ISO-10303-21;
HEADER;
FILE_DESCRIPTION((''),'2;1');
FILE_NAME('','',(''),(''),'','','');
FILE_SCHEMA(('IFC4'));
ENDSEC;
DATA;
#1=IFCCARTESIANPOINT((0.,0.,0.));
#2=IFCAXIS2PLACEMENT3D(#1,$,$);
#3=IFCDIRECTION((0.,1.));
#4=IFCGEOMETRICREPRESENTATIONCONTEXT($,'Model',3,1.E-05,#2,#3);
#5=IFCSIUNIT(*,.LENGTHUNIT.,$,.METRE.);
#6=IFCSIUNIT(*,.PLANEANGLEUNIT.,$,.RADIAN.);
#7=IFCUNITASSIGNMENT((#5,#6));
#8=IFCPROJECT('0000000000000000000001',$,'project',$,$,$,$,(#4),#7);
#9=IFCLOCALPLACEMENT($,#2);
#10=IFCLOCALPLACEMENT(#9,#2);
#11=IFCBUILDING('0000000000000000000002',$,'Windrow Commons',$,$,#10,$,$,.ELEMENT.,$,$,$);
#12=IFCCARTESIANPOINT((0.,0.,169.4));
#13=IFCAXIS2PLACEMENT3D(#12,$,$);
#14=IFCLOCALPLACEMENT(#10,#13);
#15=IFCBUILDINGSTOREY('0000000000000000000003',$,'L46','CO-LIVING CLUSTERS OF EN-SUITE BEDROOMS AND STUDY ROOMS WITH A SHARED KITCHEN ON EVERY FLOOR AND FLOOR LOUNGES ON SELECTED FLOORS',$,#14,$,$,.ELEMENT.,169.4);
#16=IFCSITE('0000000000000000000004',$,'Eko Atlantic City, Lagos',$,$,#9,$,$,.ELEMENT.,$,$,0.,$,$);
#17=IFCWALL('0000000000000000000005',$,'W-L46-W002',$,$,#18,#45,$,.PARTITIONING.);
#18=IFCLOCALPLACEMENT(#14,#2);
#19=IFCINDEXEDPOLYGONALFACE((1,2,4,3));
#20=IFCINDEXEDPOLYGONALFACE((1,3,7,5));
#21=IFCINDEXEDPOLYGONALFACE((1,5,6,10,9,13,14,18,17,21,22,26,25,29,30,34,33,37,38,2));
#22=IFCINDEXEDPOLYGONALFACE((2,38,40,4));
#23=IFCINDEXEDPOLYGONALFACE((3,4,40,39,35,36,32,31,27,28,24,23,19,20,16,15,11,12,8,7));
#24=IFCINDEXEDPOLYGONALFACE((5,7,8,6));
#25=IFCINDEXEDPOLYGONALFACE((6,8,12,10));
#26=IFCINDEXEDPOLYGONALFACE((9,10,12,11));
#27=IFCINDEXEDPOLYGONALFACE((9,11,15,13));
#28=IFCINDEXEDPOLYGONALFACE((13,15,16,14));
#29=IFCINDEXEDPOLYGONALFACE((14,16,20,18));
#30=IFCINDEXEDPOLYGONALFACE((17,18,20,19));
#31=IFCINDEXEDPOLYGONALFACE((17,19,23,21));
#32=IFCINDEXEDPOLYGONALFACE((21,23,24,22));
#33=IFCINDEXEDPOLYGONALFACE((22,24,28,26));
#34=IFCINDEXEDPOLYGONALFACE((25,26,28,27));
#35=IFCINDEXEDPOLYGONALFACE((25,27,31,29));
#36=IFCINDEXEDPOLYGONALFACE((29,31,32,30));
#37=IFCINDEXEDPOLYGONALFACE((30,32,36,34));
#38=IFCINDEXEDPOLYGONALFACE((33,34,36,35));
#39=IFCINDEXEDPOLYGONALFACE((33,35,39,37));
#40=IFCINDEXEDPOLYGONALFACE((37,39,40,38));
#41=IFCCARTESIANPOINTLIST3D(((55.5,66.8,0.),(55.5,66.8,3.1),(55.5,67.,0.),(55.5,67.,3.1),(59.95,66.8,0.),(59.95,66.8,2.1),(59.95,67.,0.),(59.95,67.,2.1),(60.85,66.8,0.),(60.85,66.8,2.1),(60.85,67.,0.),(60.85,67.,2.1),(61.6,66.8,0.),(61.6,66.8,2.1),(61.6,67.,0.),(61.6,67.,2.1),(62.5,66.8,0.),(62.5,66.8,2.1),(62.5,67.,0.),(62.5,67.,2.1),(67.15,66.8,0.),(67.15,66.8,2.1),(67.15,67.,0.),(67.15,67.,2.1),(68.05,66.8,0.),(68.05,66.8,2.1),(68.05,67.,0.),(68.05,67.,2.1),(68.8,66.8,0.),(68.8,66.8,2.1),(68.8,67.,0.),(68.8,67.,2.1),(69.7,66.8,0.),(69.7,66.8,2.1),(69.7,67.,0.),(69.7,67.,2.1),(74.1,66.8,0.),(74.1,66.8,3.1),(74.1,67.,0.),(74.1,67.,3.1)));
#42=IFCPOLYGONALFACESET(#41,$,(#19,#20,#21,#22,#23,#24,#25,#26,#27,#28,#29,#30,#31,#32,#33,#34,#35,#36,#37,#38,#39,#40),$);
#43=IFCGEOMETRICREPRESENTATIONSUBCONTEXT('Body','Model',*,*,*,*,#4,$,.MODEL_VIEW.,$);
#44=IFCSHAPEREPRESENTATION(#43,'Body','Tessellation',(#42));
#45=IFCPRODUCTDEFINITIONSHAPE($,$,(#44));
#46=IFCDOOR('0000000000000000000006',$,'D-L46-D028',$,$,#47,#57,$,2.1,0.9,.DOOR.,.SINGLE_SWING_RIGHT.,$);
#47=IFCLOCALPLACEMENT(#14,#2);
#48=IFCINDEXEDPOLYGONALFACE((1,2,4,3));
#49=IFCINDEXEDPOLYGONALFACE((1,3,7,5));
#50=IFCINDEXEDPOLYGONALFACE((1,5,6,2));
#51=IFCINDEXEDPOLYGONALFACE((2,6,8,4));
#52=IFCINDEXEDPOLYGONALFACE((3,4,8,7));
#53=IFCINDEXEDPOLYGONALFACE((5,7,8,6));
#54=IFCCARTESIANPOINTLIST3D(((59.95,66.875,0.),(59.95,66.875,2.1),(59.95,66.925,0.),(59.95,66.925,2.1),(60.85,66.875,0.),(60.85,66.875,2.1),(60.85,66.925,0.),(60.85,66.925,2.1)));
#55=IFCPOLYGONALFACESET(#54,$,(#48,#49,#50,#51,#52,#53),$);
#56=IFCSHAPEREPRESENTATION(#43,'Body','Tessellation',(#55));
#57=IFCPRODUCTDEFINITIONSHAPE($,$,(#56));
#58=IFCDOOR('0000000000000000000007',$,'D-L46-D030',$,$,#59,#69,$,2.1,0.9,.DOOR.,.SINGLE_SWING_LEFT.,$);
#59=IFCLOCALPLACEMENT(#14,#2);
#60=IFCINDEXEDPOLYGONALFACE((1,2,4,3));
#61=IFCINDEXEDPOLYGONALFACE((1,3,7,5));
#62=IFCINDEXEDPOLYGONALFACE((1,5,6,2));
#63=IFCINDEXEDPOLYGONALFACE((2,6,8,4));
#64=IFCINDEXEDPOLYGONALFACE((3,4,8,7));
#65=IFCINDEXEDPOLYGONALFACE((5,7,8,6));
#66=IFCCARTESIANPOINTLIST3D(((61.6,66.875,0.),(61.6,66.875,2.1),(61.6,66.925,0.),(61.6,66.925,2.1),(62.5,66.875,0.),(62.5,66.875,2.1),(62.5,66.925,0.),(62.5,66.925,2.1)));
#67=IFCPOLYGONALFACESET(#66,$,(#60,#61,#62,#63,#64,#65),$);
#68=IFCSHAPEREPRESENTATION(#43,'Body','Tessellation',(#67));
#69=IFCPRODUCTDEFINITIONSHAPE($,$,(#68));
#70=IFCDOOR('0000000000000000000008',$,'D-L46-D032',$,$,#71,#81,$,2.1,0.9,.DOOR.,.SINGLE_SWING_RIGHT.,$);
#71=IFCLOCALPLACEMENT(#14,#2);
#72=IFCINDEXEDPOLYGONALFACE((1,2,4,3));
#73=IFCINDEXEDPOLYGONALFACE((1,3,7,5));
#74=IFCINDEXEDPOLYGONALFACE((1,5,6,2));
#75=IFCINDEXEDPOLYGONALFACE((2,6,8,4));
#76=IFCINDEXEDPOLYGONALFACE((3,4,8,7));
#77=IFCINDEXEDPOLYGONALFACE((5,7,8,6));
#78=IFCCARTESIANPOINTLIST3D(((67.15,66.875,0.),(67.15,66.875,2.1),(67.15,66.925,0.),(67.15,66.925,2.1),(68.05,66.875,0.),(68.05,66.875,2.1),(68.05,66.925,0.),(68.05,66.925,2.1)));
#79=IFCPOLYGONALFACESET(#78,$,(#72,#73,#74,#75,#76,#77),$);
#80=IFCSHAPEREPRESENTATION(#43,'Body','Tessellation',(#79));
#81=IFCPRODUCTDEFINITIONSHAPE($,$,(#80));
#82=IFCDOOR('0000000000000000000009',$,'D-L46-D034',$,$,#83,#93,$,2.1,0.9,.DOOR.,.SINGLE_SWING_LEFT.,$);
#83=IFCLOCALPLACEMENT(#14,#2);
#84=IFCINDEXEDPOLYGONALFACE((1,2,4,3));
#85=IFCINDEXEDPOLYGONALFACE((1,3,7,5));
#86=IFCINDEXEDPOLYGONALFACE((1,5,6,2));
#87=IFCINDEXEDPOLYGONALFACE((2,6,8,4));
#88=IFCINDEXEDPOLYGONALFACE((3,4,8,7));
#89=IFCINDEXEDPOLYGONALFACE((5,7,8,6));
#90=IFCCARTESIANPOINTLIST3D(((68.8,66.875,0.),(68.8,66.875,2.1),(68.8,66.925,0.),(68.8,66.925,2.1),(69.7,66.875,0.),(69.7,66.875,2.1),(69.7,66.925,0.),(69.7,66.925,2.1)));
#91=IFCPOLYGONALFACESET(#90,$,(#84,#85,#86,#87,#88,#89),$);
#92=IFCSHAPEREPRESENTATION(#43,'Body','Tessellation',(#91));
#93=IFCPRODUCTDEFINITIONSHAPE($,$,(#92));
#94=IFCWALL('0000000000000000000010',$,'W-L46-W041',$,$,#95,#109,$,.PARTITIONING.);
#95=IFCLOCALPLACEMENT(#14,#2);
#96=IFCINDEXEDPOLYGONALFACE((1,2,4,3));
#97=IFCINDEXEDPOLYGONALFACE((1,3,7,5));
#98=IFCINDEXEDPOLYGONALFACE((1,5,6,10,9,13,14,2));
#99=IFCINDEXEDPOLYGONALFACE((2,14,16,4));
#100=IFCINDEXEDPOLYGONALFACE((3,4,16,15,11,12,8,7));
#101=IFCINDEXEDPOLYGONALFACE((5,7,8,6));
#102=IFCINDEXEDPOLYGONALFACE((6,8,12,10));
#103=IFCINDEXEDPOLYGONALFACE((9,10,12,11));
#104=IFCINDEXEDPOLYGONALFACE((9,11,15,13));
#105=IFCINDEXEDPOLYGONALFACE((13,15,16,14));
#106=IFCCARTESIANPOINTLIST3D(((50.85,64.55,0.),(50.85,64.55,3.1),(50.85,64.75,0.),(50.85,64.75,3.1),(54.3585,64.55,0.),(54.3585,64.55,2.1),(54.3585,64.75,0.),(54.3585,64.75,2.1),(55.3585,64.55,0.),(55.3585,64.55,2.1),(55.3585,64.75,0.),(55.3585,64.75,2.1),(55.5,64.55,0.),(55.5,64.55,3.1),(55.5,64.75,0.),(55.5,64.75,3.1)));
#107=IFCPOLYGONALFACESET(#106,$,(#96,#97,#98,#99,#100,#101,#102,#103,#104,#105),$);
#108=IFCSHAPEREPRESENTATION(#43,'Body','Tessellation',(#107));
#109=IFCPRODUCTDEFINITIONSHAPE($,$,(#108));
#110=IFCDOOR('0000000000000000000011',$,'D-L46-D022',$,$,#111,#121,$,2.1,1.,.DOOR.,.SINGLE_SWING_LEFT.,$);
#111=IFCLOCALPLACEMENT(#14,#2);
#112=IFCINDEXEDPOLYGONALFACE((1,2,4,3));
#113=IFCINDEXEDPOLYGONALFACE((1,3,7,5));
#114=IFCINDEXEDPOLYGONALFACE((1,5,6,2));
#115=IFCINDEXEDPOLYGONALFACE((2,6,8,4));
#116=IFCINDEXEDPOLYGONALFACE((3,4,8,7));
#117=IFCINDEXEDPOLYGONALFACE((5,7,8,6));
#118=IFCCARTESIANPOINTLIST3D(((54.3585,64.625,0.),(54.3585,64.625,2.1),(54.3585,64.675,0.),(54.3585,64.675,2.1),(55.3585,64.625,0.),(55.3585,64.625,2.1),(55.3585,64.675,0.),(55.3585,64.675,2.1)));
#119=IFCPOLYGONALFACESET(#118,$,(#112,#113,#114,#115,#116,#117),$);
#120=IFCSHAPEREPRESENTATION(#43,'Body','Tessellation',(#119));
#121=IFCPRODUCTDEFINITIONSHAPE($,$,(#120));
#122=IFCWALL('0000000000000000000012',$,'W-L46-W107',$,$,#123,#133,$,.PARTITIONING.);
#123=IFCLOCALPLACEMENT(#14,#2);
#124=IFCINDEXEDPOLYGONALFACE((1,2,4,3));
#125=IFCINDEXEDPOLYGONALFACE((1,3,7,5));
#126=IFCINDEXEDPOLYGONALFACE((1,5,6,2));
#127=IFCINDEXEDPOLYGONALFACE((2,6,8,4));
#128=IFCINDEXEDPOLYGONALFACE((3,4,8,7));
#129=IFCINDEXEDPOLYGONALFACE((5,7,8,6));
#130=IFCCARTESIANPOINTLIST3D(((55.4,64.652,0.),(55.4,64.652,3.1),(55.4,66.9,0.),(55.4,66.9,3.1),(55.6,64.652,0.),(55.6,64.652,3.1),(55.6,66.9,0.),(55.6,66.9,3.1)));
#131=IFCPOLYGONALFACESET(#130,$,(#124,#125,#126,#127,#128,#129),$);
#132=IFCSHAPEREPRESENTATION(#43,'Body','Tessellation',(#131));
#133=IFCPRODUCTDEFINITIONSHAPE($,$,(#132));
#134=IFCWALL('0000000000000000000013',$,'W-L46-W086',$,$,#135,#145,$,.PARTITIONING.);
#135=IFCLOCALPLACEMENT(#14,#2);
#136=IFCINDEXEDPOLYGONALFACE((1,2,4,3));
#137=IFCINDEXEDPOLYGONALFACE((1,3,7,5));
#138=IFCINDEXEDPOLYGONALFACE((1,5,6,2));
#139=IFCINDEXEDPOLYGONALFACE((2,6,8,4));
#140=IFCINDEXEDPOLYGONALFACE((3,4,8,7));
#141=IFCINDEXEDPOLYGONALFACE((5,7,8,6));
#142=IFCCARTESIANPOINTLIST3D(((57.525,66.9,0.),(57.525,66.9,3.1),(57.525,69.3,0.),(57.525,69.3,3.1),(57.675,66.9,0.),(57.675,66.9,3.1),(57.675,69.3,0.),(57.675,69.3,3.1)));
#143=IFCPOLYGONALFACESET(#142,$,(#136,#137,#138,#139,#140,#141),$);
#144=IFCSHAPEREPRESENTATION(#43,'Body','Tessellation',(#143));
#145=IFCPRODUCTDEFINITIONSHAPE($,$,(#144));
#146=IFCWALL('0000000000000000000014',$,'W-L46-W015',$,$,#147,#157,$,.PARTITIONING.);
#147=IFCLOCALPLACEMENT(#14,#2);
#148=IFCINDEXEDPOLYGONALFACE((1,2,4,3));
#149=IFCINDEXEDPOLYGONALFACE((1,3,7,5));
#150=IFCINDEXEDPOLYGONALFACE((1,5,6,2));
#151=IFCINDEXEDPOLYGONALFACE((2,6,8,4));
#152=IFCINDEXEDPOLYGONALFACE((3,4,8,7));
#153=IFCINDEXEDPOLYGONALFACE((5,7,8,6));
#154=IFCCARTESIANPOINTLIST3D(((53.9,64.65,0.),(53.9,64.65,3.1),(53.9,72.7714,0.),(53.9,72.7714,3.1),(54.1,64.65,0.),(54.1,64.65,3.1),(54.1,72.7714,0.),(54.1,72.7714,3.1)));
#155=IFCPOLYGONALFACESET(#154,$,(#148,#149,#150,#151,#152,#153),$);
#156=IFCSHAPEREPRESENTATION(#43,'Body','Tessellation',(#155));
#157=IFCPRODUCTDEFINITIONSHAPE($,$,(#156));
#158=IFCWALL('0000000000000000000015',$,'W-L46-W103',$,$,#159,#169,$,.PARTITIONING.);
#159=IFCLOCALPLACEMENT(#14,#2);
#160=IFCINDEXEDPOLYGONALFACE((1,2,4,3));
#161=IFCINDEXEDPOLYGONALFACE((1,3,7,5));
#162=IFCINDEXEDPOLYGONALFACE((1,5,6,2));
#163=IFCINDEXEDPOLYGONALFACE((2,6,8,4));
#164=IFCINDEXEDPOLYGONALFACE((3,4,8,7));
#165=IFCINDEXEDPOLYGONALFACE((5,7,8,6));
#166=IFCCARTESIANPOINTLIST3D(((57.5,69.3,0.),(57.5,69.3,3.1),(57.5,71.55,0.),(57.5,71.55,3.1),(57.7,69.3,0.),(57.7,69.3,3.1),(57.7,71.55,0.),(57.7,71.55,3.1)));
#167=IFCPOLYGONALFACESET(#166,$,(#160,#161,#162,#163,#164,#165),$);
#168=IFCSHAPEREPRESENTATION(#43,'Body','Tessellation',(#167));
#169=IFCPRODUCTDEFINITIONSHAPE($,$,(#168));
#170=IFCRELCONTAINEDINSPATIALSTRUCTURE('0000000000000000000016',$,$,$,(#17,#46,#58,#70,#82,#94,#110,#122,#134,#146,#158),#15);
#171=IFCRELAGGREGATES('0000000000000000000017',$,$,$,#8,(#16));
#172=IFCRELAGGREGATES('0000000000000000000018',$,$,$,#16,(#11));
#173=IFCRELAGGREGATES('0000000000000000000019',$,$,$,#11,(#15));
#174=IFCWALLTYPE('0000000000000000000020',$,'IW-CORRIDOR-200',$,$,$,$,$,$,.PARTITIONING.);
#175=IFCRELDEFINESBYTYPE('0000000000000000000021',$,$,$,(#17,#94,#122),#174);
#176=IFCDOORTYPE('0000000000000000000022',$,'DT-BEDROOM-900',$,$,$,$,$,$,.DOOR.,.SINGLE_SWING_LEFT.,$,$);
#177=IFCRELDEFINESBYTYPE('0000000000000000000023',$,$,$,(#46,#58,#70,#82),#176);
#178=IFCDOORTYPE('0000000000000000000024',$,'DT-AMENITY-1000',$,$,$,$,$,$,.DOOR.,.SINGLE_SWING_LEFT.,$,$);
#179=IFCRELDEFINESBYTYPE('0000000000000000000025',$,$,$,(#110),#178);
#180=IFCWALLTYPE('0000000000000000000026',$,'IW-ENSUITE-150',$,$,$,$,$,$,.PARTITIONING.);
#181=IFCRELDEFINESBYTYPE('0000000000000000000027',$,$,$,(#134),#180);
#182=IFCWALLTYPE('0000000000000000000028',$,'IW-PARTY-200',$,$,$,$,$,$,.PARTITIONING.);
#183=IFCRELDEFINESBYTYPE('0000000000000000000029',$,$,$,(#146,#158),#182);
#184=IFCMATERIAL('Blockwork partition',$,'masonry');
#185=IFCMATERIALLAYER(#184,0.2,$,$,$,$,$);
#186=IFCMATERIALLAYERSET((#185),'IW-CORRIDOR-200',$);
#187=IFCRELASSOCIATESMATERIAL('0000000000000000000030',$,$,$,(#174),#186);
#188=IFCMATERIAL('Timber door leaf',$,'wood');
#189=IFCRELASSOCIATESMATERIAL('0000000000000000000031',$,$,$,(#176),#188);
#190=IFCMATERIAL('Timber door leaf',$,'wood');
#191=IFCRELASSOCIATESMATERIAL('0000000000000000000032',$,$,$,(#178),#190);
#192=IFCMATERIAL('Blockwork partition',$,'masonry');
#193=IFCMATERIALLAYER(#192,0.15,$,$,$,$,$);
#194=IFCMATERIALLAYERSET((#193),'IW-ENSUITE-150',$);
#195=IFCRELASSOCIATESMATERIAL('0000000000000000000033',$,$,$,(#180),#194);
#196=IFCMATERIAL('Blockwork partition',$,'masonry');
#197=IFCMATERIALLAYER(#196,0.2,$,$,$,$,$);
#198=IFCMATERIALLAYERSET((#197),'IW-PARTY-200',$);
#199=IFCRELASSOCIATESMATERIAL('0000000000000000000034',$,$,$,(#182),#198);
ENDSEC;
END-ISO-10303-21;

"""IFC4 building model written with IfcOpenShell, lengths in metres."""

from ifc_helpers import new_model, si_unit, direction, frame, frame_2d, origin, place, context, subcontext, project, spatial, rectangle, extrude, material, layer, layer_set, type_object, element, fill, save


model = new_model("IFC4")

# Units and contexts
model_context = context("Model", 3, precision=1e-05, world=origin(), true_north=direction((0.0, 1.0)))
body_context = subcontext(model_context, "Body", "Model", "MODEL_VIEW")
ifc_project = project(units=[si_unit("LENGTHUNIT", "METRE"), si_unit("PLANEANGLEUNIT", "RADIAN")], contexts=[model_context])

# Site, building, storey
site_placement = place(None, origin())
site = spatial("IfcSite", under=ifc_project, at=site_placement, Name="Eko Atlantic City, Lagos", CompositionType="ELEMENT", RefElevation=0.0)
building_placement = place(site_placement, origin())
building = spatial("IfcBuilding", under=site, at=building_placement, Name="Windrow Commons", CompositionType="ELEMENT")
storey_placement = place(building_placement, frame((0.0, 0.0, 169.4)))
storey = spatial("IfcBuildingStorey", under=building, at=storey_placement, Name="L46", Description="CO-LIVING CLUSTERS OF EN-SUITE BEDROOMS AND STUDY ROOMS WITH A SHARED KITCHEN ON EVERY FLOOR AND FLOOR LOUNGES ON SELECTED FLOORS", CompositionType="ELEMENT", Elevation=169.4)

# Wall, openings, doors
ifc_material_1 = material(Name="Blockwork partition", Category="masonry")
ifc_layer_1 = layer(ifc_material_1, 0.2)
ifc_layer_set_1 = layer_set([ifc_layer_1], Name="IW-CORRIDOR-200")
wall_type_1 = type_object("IfcWallType", Name="IW-CORRIDOR-200", PredefinedType="PARTITIONING", material=ifc_layer_set_1)
wall_1_placement = place(storey_placement, frame((55.5, 66.9, 0.0), z_axis=(0.0, 0.0, 1.0), x_axis=(1.0, 0.0, 0.0)))
wall_1 = element("IfcWall", 1, at=wall_1_placement, inside=storey, type_object=wall_type_1, Name="W-L46-W002", PredefinedType="PARTITIONING", context=body_context, shape_type="SweptSolid", body=[
    extrude(rectangle(XDim=18.6, YDim=0.2, at=frame_2d((9.3, 0.0))), origin(), (0.0, 0.0, 1.0), 3.1),
])
opening_1_placement = place(wall_1_placement, frame((4.45, 0.0, 0.0)))
opening_1 = element("IfcOpeningElement", 2, at=opening_1_placement, cuts=wall_1, PredefinedType="OPENING", context=body_context, shape_type="SweptSolid", body=[
    extrude(rectangle(XDim=0.9, YDim=2.1, at=frame_2d((0.45, 1.05))), frame((0.0, 0.11, 0.0), z_axis=(0.0, -1.0, 0.0), x_axis=(1.0, 0.0, 0.0)), (0.0, 0.0, 1.0), 0.22),
])
opening_2_placement = place(wall_1_placement, frame((6.1, 0.0, 0.0)))
opening_2 = element("IfcOpeningElement", 3, at=opening_2_placement, cuts=wall_1, PredefinedType="OPENING", context=body_context, shape_type="SweptSolid", body=[
    extrude(rectangle(XDim=0.9, YDim=2.1, at=frame_2d((0.45, 1.05))), frame((0.0, 0.11, 0.0), z_axis=(0.0, -1.0, 0.0), x_axis=(1.0, 0.0, 0.0)), (0.0, 0.0, 1.0), 0.22),
])
opening_3_placement = place(wall_1_placement, frame((11.65, 0.0, 0.0)))
opening_3 = element("IfcOpeningElement", 4, at=opening_3_placement, cuts=wall_1, PredefinedType="OPENING", context=body_context, shape_type="SweptSolid", body=[
    extrude(rectangle(XDim=0.9, YDim=2.1, at=frame_2d((0.45, 1.05))), frame((0.0, 0.11, 0.0), z_axis=(0.0, -1.0, 0.0), x_axis=(1.0, 0.0, 0.0)), (0.0, 0.0, 1.0), 0.22),
])
opening_4_placement = place(wall_1_placement, frame((13.3, 0.0, 0.0)))
opening_4 = element("IfcOpeningElement", 5, at=opening_4_placement, cuts=wall_1, PredefinedType="OPENING", context=body_context, shape_type="SweptSolid", body=[
    extrude(rectangle(XDim=0.9, YDim=2.1, at=frame_2d((0.45, 1.05))), frame((0.0, 0.11, 0.0), z_axis=(0.0, -1.0, 0.0), x_axis=(1.0, 0.0, 0.0)), (0.0, 0.0, 1.0), 0.22),
])
ifc_material_2 = material(Name="Timber door leaf", Category="wood")
door_type_1 = type_object("IfcDoorType", Name="DT-BEDROOM-900", OperationType="SINGLE_SWING_LEFT", PredefinedType="DOOR", material=ifc_material_2)
door_1_placement = place(opening_1_placement, origin())
door_1 = element("IfcDoor", 6, at=door_1_placement, inside=storey, type_object=door_type_1, Name="D-L46-D028", OperationType="SINGLE_SWING_RIGHT", OverallHeight=2.1, OverallWidth=0.9, PredefinedType="DOOR", context=body_context, shape_type="SweptSolid", body=[
    extrude(rectangle(XDim=0.9, YDim=2.1, at=frame_2d((0.45, 1.05))), frame((0.0, 0.025, 0.0), z_axis=(0.0, -1.0, 0.0), x_axis=(1.0, 0.0, 0.0)), (0.0, 0.0, 1.0), 0.05),
])
fill(opening_1, door_1)
door_2_placement = place(opening_2_placement, origin())
door_2 = element("IfcDoor", 7, at=door_2_placement, inside=storey, type_object=door_type_1, Name="D-L46-D030", OperationType="SINGLE_SWING_LEFT", OverallHeight=2.1, OverallWidth=0.9, PredefinedType="DOOR", context=body_context, shape_type="SweptSolid", body=[
    extrude(rectangle(XDim=0.9, YDim=2.1, at=frame_2d((0.45, 1.05))), frame((0.0, 0.025, 0.0), z_axis=(0.0, -1.0, 0.0), x_axis=(1.0, 0.0, 0.0)), (0.0, 0.0, 1.0), 0.05),
])
fill(opening_2, door_2)
door_3_placement = place(opening_3_placement, origin())
door_3 = element("IfcDoor", 8, at=door_3_placement, inside=storey, type_object=door_type_1, Name="D-L46-D032", OperationType="SINGLE_SWING_RIGHT", OverallHeight=2.1, OverallWidth=0.9, PredefinedType="DOOR", context=body_context, shape_type="SweptSolid", body=[
    extrude(rectangle(XDim=0.9, YDim=2.1, at=frame_2d((0.45, 1.05))), frame((0.0, 0.025, 0.0), z_axis=(0.0, -1.0, 0.0), x_axis=(1.0, 0.0, 0.0)), (0.0, 0.0, 1.0), 0.05),
])
fill(opening_3, door_3)
door_4_placement = place(opening_4_placement, origin())
door_4 = element("IfcDoor", 9, at=door_4_placement, inside=storey, type_object=door_type_1, Name="D-L46-D034", OperationType="SINGLE_SWING_LEFT", OverallHeight=2.1, OverallWidth=0.9, PredefinedType="DOOR", context=body_context, shape_type="SweptSolid", body=[
    extrude(rectangle(XDim=0.9, YDim=2.1, at=frame_2d((0.45, 1.05))), frame((0.0, 0.025, 0.0), z_axis=(0.0, -1.0, 0.0), x_axis=(1.0, 0.0, 0.0)), (0.0, 0.0, 1.0), 0.05),
])
fill(opening_4, door_4)

# Wall, opening, door
wall_2_placement = place(storey_placement, frame((50.85, 64.65, 0.0), z_axis=(0.0, 0.0, 1.0), x_axis=(1.0, 0.0, 0.0)))
wall_2 = element("IfcWall", 10, at=wall_2_placement, inside=storey, type_object=wall_type_1, Name="W-L46-W041", PredefinedType="PARTITIONING", context=body_context, shape_type="SweptSolid", body=[
    extrude(rectangle(XDim=4.65, YDim=0.2, at=frame_2d((2.325, 0.0))), origin(), (0.0, 0.0, 1.0), 3.1),
])
opening_5_placement = place(wall_2_placement, frame((3.5085, 0.0, 0.0)))
opening_5 = element("IfcOpeningElement", 11, at=opening_5_placement, cuts=wall_2, PredefinedType="OPENING", context=body_context, shape_type="SweptSolid", body=[
    extrude(rectangle(XDim=1.0, YDim=2.1, at=frame_2d((0.5, 1.05))), frame((0.0, 0.11, 0.0), z_axis=(0.0, -1.0, 0.0), x_axis=(1.0, 0.0, 0.0)), (0.0, 0.0, 1.0), 0.22),
])
ifc_material_3 = material(Name="Timber door leaf", Category="wood")
door_type_2 = type_object("IfcDoorType", Name="DT-AMENITY-1000", OperationType="SINGLE_SWING_LEFT", PredefinedType="DOOR", material=ifc_material_3)
door_5_placement = place(opening_5_placement, origin())
door_5 = element("IfcDoor", 12, at=door_5_placement, inside=storey, type_object=door_type_2, Name="D-L46-D022", OperationType="SINGLE_SWING_LEFT", OverallHeight=2.1, OverallWidth=1.0, PredefinedType="DOOR", context=body_context, shape_type="SweptSolid", body=[
    extrude(rectangle(XDim=1.0, YDim=2.1, at=frame_2d((0.5, 1.05))), frame((0.0, 0.025, 0.0), z_axis=(0.0, -1.0, 0.0), x_axis=(1.0, 0.0, 0.0)), (0.0, 0.0, 1.0), 0.05),
])
fill(opening_5, door_5)

# Walls
wall_3_placement = place(storey_placement, frame((55.5, 64.652, 0.0), z_axis=(0.0, 0.0, 1.0), x_axis=(0.0, 1.0, 0.0)))
element("IfcWall", 13, at=wall_3_placement, inside=storey, type_object=wall_type_1, Name="W-L46-W107", PredefinedType="PARTITIONING", context=body_context, shape_type="SweptSolid", body=[
    extrude(rectangle(XDim=2.248, YDim=0.2, at=frame_2d((1.124, 0.0))), origin(), (0.0, 0.0, 1.0), 3.1),
])
ifc_material_4 = material(Name="Blockwork partition", Category="masonry")
ifc_layer_2 = layer(ifc_material_4, 0.15)
ifc_layer_set_2 = layer_set([ifc_layer_2], Name="IW-ENSUITE-150")
wall_type_2 = type_object("IfcWallType", Name="IW-ENSUITE-150", PredefinedType="PARTITIONING", material=ifc_layer_set_2)
wall_4_placement = place(storey_placement, frame((57.6, 66.9, 0.0), z_axis=(0.0, 0.0, 1.0), x_axis=(0.0, 1.0, 0.0)))
element("IfcWall", 14, at=wall_4_placement, inside=storey, type_object=wall_type_2, Name="W-L46-W086", PredefinedType="PARTITIONING", context=body_context, shape_type="SweptSolid", body=[
    extrude(rectangle(XDim=2.4, YDim=0.15, at=frame_2d((1.2, 0.0))), origin(), (0.0, 0.0, 1.0), 3.1),
])
ifc_material_5 = material(Name="Blockwork partition", Category="masonry")
ifc_layer_3 = layer(ifc_material_5, 0.2)
ifc_layer_set_3 = layer_set([ifc_layer_3], Name="IW-PARTY-200")
wall_type_3 = type_object("IfcWallType", Name="IW-PARTY-200", PredefinedType="PARTITIONING", material=ifc_layer_set_3)
wall_5_placement = place(storey_placement, frame((54.0, 64.65, 0.0), z_axis=(0.0, 0.0, 1.0), x_axis=(0.0, 1.0, 0.0)))
element("IfcWall", 15, at=wall_5_placement, inside=storey, type_object=wall_type_3, Name="W-L46-W015", PredefinedType="PARTITIONING", context=body_context, shape_type="SweptSolid", body=[
    extrude(rectangle(XDim=8.1215, YDim=0.2, at=frame_2d((4.0607, 0.0))), origin(), (0.0, 0.0, 1.0), 3.1),
])
wall_6_placement = place(storey_placement, frame((57.6, 69.3, 0.0), z_axis=(0.0, 0.0, 1.0), x_axis=(0.0, 1.0, 0.0)))
element("IfcWall", 16, at=wall_6_placement, inside=storey, type_object=wall_type_3, Name="W-L46-W103", PredefinedType="PARTITIONING", context=body_context, shape_type="SweptSolid", body=[
    extrude(rectangle(XDim=2.25, YDim=0.2, at=frame_2d((1.125, 0.0))), origin(), (0.0, 0.0, 1.0), 3.1),
])

save(model, "model.ifc")
